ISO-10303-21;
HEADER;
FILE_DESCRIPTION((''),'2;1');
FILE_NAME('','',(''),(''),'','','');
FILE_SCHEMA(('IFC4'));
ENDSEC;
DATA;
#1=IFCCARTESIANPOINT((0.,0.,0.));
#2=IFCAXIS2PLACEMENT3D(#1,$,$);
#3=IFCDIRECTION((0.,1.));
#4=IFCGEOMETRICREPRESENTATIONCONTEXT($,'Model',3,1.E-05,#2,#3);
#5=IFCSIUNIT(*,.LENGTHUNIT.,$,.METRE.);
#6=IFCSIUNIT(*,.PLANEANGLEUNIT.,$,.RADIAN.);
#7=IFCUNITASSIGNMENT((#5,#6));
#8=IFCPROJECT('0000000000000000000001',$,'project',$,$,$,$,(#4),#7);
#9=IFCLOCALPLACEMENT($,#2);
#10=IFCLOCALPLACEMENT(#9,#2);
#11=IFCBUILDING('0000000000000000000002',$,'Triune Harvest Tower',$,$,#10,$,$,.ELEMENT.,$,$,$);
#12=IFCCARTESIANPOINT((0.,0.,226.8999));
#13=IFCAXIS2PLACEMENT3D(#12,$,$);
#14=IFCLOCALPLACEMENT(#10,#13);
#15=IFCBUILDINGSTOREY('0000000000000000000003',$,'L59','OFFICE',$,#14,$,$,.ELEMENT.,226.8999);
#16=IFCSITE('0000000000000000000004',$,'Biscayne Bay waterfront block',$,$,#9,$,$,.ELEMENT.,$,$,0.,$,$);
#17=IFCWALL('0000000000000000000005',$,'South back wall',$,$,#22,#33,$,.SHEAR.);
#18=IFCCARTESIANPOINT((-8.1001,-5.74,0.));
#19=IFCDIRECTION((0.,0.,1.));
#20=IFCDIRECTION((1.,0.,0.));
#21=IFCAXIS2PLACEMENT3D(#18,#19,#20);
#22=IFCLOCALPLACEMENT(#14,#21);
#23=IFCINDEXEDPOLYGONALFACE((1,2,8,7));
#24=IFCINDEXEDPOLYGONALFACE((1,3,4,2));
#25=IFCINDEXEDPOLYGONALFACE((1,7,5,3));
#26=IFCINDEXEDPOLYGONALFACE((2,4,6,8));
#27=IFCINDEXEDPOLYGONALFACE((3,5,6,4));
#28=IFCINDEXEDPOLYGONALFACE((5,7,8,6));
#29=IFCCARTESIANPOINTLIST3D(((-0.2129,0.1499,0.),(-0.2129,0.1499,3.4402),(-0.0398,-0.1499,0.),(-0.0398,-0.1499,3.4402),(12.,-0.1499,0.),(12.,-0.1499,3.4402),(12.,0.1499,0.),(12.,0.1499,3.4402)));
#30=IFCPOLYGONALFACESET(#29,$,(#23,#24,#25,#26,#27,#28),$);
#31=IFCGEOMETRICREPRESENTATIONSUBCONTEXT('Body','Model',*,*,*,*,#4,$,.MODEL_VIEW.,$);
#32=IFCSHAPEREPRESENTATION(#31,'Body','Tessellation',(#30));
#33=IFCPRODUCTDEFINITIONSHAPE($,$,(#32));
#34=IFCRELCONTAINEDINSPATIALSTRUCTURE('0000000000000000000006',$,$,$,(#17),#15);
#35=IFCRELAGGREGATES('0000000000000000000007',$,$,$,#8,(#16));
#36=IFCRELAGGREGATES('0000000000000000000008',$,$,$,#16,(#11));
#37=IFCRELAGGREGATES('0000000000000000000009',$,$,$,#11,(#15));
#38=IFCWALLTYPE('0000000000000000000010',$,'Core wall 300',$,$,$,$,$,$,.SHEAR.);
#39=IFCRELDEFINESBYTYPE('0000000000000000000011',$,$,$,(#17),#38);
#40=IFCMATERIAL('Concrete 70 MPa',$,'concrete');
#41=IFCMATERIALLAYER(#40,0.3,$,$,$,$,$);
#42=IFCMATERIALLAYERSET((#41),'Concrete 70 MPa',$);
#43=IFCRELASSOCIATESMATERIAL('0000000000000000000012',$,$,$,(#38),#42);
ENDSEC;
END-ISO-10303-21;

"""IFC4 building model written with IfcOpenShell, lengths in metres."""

from ifc_helpers import new_model, si_unit, direction, frame, origin, place, context, subcontext, project, spatial, polyline, outline, extrude, source, transform, mapped, material, layer, layer_set, type_object, element, save


model = new_model("IFC4")

# Units and contexts
model_context = context("Model", 3, precision=1e-05, world=origin(), true_north=direction((0.0, 1.0)))
body_context = subcontext(model_context, "Body", "Model", "MODEL_VIEW")
ifc_project = project(units=[si_unit("LENGTHUNIT", "METRE"), si_unit("PLANEANGLEUNIT", "RADIAN")], contexts=[model_context])

# Site, building, storey
site_placement = place(None, origin())
site = spatial("IfcSite", under=ifc_project, at=site_placement, Name="Biscayne Bay waterfront block", CompositionType="ELEMENT", RefElevation=0.0)
building_placement = place(site_placement, origin())
building = spatial("IfcBuilding", under=site, at=building_placement, Name="Triune Harvest Tower", CompositionType="ELEMENT")
storey_placement = place(building_placement, frame((0.0, 0.0, 226.8999)))
storey = spatial("IfcBuildingStorey", under=building, at=storey_placement, Name="L59", Description="OFFICE", CompositionType="ELEMENT", Elevation=226.8999)

# Shared definitions
ifc_material_1 = material(Name="Concrete 70 MPa", Category="concrete")
ifc_layer_1 = layer(ifc_material_1, 0.3)
ifc_layer_set_1 = layer_set([ifc_layer_1], Name="Concrete 70 MPa")
wall_type_1 = type_object("IfcWallType", Name="Core wall 300", PredefinedType="SHEAR", material=ifc_layer_set_1)

# Wall
shared_shape_1 = source(origin(), body_context, "Body", "SweptSolid", [
    extrude(outline(polyline([(12.0, -0.1499), (-0.0398, -0.1499), (-0.2129, 0.1499), (12.0, 0.1499), (12.0, -0.1499)])), origin(), (0.0, 0.0, 1.0), 3.4402),
])
wall_1_placement = place(storey_placement, frame((-8.1001, -5.74, 0.0), z_axis=(0.0, 0.0, 1.0), x_axis=(1.0, 0.0, 0.0)))
element("IfcWall", 1, at=wall_1_placement, inside=storey, type_object=wall_type_1, Name="South back wall", PredefinedType="SHEAR", context=body_context, shape_type="MappedRepresentation", body=[
    mapped(shared_shape_1, transform((0.0, 0.0, 0.0), scale=1.0)),
])

save(model, "model.ifc")
